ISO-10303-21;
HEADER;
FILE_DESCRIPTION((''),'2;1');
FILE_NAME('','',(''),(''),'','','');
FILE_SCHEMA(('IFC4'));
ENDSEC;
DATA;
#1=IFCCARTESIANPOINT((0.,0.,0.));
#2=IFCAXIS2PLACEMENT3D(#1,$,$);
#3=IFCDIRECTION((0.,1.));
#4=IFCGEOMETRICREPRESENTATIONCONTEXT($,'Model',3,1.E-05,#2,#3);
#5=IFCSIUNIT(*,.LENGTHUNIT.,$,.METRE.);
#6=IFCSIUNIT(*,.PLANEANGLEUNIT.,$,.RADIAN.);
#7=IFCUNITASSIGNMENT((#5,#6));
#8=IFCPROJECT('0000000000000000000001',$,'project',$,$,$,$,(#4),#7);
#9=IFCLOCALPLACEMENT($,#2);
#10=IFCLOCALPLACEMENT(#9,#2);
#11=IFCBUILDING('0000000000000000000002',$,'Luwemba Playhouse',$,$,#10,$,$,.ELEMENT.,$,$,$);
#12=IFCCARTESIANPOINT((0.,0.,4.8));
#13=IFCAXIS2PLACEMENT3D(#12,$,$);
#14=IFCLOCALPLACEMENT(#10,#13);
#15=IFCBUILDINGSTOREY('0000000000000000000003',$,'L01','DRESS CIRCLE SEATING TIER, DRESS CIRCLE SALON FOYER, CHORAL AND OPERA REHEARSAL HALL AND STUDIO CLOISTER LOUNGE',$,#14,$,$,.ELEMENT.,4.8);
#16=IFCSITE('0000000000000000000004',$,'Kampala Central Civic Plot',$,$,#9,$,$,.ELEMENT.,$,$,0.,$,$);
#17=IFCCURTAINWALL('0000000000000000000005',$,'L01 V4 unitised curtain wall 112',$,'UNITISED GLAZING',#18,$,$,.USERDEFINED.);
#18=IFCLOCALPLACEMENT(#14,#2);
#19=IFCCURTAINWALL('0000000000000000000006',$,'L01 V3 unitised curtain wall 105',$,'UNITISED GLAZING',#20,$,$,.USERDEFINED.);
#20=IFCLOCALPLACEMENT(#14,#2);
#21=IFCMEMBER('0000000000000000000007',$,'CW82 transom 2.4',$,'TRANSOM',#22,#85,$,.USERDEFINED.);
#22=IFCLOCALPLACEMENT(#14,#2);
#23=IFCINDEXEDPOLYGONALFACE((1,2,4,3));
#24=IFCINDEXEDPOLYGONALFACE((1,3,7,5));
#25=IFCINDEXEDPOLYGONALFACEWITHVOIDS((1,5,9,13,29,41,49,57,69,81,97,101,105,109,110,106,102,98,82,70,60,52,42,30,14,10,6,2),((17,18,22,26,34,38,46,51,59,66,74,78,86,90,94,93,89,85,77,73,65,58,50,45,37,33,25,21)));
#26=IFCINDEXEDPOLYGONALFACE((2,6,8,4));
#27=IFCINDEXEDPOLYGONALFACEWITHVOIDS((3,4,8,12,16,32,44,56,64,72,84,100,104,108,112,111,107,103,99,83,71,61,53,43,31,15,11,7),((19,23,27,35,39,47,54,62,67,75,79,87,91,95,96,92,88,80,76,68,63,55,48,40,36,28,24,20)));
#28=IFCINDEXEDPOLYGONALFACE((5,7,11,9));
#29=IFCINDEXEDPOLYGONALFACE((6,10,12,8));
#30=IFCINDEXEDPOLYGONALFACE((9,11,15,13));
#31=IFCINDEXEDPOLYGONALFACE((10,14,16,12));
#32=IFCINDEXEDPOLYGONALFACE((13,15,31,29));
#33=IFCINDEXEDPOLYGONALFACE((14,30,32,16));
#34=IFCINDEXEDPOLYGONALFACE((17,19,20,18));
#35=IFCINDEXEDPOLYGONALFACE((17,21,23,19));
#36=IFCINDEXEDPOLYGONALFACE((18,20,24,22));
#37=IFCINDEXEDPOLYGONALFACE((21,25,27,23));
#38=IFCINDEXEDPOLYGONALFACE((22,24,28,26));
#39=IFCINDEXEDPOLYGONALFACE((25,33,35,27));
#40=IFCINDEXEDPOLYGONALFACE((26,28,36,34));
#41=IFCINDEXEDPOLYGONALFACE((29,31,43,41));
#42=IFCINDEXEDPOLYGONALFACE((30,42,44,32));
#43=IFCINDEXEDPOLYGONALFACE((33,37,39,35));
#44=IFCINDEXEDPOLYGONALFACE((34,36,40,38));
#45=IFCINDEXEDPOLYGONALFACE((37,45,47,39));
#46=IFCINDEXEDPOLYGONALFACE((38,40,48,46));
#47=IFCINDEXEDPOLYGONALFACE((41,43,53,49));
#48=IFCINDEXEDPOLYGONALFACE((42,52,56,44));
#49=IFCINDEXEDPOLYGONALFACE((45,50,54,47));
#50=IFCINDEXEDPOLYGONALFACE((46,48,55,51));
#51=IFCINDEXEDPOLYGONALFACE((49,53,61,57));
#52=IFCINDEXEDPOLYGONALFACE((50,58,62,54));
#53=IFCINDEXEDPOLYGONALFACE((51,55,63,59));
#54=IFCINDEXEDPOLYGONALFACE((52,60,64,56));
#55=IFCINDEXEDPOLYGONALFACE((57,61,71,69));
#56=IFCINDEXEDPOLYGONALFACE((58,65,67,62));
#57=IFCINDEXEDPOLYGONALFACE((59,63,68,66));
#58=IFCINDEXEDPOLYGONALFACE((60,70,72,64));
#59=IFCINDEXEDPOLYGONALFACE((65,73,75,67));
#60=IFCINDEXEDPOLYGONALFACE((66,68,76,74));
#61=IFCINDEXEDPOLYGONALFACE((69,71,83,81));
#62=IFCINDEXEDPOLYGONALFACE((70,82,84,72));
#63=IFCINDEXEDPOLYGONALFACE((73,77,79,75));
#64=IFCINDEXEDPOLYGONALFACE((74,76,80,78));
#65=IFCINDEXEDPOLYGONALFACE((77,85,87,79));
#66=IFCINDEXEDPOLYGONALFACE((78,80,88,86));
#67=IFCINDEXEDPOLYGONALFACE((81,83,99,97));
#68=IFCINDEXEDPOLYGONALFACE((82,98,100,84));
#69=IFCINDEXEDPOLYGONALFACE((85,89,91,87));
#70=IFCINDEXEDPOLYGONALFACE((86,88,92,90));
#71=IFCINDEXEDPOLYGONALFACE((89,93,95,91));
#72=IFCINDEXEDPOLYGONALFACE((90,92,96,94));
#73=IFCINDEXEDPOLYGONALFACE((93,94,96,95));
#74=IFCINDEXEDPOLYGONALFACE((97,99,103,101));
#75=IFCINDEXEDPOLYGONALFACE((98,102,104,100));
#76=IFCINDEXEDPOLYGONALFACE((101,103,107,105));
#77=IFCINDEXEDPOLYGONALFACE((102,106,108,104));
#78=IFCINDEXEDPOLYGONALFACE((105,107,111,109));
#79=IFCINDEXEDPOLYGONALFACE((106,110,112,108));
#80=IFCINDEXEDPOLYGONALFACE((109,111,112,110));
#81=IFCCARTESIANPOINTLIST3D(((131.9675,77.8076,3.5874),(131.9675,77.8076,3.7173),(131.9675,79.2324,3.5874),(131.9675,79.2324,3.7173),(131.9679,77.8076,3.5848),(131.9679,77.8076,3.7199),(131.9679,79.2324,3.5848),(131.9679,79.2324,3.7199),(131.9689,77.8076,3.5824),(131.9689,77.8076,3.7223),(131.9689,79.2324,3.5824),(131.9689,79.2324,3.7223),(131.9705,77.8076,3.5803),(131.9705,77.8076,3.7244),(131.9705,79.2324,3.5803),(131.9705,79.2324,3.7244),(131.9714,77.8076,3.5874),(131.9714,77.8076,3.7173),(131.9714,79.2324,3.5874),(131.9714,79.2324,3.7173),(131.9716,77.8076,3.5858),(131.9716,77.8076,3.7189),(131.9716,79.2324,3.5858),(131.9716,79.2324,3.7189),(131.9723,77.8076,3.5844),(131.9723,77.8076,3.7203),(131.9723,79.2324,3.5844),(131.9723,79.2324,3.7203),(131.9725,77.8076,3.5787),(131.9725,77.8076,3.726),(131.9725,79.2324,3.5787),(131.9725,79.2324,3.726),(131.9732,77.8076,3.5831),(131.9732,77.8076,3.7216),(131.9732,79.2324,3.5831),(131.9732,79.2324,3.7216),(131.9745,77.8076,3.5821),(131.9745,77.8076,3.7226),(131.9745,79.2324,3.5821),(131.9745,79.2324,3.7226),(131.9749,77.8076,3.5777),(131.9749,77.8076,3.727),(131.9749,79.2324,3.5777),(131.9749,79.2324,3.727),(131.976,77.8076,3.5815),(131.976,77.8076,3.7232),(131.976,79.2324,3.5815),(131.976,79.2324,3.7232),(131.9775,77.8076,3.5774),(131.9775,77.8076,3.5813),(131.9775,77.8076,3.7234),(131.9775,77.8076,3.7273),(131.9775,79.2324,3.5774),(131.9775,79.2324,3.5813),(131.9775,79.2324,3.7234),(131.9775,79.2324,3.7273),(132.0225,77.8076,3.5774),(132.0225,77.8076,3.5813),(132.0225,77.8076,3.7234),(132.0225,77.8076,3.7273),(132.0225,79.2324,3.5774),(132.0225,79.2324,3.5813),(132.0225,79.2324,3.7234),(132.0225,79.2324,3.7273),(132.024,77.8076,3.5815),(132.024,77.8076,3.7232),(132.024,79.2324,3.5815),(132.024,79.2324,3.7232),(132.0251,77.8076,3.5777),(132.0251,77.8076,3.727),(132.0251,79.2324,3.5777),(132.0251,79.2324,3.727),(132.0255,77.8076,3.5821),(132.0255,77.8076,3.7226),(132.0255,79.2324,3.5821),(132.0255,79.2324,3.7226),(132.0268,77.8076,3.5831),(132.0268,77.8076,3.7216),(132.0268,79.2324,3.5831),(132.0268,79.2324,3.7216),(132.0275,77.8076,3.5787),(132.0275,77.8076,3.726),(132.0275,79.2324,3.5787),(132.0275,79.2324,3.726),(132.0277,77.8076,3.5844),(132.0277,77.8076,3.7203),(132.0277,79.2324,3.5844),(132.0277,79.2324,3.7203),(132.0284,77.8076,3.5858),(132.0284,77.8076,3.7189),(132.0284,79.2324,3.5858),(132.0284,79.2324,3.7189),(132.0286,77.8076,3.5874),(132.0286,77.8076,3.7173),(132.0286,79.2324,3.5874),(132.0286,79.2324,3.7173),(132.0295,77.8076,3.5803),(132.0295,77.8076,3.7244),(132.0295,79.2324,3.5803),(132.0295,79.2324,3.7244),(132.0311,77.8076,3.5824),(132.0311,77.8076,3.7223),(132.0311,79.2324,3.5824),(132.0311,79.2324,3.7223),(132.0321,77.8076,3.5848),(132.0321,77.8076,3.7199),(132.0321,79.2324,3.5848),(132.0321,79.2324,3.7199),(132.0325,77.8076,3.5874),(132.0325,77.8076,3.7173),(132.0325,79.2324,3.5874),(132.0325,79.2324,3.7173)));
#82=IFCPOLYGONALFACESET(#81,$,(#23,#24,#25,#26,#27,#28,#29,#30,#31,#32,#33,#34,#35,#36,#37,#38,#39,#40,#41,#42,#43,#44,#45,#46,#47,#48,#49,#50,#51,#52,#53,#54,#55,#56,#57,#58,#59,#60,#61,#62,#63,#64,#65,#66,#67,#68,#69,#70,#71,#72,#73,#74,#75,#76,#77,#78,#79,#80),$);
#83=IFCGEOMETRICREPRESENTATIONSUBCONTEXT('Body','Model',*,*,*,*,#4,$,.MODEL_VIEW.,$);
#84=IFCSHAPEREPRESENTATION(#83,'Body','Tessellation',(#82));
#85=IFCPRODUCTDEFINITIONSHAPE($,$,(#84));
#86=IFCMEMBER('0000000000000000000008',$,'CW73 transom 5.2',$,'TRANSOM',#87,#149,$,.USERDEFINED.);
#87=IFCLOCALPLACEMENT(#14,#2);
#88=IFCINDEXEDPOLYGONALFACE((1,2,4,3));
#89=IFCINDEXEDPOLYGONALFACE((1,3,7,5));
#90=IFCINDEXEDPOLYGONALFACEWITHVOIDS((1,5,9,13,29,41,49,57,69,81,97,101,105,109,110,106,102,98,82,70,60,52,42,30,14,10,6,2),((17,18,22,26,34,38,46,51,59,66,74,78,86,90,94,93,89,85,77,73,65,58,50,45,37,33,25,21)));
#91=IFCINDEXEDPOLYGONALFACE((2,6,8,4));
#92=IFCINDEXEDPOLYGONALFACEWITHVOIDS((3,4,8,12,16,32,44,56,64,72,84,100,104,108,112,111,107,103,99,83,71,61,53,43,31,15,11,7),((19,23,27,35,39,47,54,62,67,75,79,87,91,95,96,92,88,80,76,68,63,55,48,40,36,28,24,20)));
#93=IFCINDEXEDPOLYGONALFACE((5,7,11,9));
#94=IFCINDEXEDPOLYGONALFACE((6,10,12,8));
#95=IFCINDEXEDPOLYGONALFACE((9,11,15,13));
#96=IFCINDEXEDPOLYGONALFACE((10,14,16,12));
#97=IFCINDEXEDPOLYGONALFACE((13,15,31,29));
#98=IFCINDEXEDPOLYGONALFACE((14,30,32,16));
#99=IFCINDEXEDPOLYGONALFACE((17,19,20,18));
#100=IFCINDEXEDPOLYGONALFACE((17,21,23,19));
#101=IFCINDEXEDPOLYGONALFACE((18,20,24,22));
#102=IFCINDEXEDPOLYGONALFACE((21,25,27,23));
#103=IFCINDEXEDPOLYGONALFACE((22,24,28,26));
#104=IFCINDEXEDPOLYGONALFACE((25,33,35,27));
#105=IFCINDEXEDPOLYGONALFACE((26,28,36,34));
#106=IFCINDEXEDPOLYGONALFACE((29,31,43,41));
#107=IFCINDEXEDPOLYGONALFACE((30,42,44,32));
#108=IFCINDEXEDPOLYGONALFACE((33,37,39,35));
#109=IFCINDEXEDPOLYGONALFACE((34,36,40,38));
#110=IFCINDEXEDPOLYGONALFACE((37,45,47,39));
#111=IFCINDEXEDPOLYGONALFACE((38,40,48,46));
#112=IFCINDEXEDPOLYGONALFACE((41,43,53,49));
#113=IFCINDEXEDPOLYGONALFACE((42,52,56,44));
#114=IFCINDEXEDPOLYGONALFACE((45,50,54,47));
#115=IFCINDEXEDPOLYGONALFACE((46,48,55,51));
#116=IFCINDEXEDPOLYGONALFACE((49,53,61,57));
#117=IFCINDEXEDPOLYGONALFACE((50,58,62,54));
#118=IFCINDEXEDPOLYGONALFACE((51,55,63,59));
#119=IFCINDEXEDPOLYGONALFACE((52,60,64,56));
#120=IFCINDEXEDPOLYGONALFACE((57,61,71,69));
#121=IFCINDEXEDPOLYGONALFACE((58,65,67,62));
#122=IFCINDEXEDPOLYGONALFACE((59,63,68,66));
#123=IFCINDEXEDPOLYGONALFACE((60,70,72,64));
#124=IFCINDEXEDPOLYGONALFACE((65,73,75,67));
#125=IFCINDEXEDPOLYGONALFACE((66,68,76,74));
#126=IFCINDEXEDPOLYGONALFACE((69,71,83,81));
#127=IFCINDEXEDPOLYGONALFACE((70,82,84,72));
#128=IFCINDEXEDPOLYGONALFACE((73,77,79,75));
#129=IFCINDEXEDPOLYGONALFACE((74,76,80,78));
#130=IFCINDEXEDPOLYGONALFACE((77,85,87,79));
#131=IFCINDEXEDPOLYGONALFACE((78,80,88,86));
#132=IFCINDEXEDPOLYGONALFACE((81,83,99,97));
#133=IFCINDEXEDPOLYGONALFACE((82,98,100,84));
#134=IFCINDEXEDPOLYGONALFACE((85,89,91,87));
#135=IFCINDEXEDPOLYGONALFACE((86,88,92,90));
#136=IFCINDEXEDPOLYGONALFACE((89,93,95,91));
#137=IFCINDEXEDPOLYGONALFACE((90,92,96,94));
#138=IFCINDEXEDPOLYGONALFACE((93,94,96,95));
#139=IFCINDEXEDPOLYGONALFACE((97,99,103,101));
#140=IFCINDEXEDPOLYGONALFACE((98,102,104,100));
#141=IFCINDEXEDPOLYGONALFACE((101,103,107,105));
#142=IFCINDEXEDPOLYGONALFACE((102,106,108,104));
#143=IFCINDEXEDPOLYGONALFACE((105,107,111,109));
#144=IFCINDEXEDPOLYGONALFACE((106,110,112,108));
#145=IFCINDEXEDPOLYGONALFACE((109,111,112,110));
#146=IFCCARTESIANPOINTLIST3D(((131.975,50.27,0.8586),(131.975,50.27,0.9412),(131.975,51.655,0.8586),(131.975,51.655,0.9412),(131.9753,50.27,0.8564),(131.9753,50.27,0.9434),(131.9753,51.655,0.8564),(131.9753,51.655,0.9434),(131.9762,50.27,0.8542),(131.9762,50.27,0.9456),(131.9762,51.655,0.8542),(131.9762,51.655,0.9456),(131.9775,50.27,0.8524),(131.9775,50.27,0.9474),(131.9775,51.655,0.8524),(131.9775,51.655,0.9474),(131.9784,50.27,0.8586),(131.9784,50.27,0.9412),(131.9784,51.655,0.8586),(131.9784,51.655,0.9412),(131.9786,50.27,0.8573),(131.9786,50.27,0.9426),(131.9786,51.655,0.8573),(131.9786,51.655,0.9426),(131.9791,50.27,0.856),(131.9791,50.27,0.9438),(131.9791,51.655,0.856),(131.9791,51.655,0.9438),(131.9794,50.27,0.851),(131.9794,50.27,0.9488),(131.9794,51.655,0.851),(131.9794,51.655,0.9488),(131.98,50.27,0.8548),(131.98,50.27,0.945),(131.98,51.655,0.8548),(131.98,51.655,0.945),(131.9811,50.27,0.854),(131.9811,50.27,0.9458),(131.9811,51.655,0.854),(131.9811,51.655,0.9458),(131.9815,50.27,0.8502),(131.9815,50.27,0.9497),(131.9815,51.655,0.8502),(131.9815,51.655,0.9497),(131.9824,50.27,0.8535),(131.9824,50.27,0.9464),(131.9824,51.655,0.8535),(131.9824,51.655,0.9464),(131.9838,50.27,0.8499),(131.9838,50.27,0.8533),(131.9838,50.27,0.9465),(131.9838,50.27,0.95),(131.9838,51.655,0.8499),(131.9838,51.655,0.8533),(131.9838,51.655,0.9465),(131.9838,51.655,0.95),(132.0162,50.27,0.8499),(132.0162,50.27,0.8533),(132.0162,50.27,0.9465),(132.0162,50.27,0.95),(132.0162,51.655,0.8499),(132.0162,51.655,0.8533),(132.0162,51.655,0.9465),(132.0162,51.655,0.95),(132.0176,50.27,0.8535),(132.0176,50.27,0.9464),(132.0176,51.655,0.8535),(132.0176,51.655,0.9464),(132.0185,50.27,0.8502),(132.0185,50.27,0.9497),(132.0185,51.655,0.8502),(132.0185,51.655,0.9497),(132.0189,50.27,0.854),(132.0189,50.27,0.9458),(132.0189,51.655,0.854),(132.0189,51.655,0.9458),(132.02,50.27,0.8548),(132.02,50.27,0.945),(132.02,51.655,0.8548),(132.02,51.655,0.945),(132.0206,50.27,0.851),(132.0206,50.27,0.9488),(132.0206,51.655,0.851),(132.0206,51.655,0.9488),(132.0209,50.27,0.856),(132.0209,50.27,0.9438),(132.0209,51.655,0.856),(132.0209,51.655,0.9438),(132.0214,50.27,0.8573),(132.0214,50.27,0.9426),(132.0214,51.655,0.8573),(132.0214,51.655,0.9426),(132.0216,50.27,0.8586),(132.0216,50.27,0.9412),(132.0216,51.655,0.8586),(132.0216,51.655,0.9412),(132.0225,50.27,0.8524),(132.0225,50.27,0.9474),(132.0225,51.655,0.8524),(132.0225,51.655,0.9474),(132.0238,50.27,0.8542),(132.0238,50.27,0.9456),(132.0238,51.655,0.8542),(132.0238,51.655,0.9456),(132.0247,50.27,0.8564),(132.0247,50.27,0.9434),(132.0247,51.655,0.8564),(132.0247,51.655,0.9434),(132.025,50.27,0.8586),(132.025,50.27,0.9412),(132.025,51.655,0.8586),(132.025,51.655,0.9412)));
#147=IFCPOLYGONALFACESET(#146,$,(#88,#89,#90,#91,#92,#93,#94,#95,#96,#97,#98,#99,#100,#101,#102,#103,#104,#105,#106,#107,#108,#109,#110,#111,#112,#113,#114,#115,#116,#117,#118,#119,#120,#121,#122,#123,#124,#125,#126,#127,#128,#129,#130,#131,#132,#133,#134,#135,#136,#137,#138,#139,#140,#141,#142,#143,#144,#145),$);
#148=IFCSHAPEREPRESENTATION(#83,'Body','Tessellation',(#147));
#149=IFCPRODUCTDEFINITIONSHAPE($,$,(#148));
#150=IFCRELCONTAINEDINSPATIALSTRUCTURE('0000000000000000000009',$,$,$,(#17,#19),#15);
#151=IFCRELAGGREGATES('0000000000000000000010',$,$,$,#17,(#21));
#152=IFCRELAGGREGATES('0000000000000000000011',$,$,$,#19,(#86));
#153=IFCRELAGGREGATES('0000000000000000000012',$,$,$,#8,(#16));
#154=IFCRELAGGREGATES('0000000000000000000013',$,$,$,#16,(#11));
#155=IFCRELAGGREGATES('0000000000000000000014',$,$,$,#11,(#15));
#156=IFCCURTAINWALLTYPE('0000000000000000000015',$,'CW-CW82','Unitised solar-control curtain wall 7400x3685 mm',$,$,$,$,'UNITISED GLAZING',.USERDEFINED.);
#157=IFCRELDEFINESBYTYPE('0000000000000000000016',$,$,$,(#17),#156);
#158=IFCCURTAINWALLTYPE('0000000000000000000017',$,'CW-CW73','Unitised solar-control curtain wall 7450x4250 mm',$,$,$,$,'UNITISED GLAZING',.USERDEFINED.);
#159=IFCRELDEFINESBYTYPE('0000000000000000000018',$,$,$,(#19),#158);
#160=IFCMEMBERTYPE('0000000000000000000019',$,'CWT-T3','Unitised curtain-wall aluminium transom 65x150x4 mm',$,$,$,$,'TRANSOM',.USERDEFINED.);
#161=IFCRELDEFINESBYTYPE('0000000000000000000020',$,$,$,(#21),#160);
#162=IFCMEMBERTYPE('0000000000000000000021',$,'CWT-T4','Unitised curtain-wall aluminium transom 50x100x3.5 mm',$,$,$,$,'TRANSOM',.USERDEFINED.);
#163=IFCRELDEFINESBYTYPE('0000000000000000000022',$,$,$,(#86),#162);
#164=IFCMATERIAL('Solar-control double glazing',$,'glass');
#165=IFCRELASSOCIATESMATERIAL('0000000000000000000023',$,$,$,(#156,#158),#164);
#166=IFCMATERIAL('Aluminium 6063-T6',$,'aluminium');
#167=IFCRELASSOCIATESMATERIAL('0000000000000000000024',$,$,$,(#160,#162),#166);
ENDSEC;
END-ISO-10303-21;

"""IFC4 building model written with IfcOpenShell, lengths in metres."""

from ifc_helpers import new_model, si_unit, direction, frame, origin, origin_2d, place, context, subcontext, project, spatial, hollow_rectangle, extrude, material, material_profile, profile_set, type_object, element, aggregate, save


model = new_model("IFC4")

# Units and contexts
model_context = context("Model", 3, precision=1e-05, world=origin(), true_north=direction((0.0, 1.0)))
body_context = subcontext(model_context, "Body", "Model", "MODEL_VIEW")
ifc_project = project(units=[si_unit("LENGTHUNIT", "METRE"), si_unit("PLANEANGLEUNIT", "RADIAN")], contexts=[model_context])

# Site, building, storey
site_placement = place(None, origin())
site = spatial("IfcSite", under=ifc_project, at=site_placement, Name="Kampala Central Civic Plot", CompositionType="ELEMENT", RefElevation=0.0)
building_placement = place(site_placement, origin())
building = spatial("IfcBuilding", under=site, at=building_placement, Name="Luwemba Playhouse", CompositionType="ELEMENT")
storey_placement = place(building_placement, frame((0.0, 0.0, 4.8)))
storey = spatial("IfcBuildingStorey", under=building, at=storey_placement, Name="L01", Description="DRESS CIRCLE SEATING TIER, DRESS CIRCLE SALON FOYER, CHORAL AND OPERA REHEARSAL HALL AND STUDIO CLOISTER LOUNGE", CompositionType="ELEMENT", Elevation=4.8)

# Curtain wall
ifc_material_1 = material(Name="Solar-control double glazing", Category="glass")
curtain_wall_type_1 = type_object("IfcCurtainWallType", Name="CW-CW82", Description="Unitised solar-control curtain wall 7400x3685 mm", ElementType="UNITISED GLAZING", PredefinedType="USERDEFINED", material=ifc_material_1)
curtain_wall_1_placement = place(storey_placement, origin())
curtain_wall_1 = element("IfcCurtainWall", 1, at=curtain_wall_1_placement, inside=storey, type_object=curtain_wall_type_1, Name="L01 V4 unitised curtain wall 112", ObjectType="UNITISED GLAZING", PredefinedType="USERDEFINED")
ifc_material_2 = material(Name="Aluminium 6063-T6", Category="aluminium")

# Curtain wall
curtain_wall_type_2 = type_object("IfcCurtainWallType", Name="CW-CW73", Description="Unitised solar-control curtain wall 7450x4250 mm", ElementType="UNITISED GLAZING", PredefinedType="USERDEFINED", material=ifc_material_1)
curtain_wall_2_placement = place(storey_placement, origin())
curtain_wall_2 = element("IfcCurtainWall", 2, at=curtain_wall_2_placement, inside=storey, type_object=curtain_wall_type_2, Name="L01 V3 unitised curtain wall 105", ObjectType="UNITISED GLAZING", PredefinedType="USERDEFINED")

# Members
ifc_material_profile_1 = material_profile(ifc_material_2, hollow_rectangle(XDim=0.0649, YDim=0.1499, WallThickness=0.0039, InnerFilletRadius=0.0061, OuterFilletRadius=0.01, at=origin_2d()))
ifc_profile_set_1 = profile_set([ifc_material_profile_1], Name="Aluminium 6063-T6")
member_type_1 = type_object("IfcMemberType", Name="CWT-T3", Description="Unitised curtain-wall aluminium transom 65x150x4 mm", ElementType="TRANSOM", PredefinedType="USERDEFINED", material=ifc_profile_set_1)
member_1_placement = place(storey_placement, frame((132.0, 77.8076, 3.6523), z_axis=(0.0, 1.0, 0.0), x_axis=(-1.0, 0.0, 0.0)))
member_1 = element("IfcMember", 3, at=member_1_placement, type_object=member_type_1, Name="CW82 transom 2.4", ObjectType="TRANSOM", PredefinedType="USERDEFINED", context=body_context, shape_type="SweptSolid", body=[
    extrude(hollow_rectangle(XDim=0.0649, YDim=0.1499, WallThickness=0.0039, InnerFilletRadius=0.0061, OuterFilletRadius=0.01, at=origin_2d()), origin(), (0.0, 0.0, 1.0), 1.4248),
])
ifc_material_profile_2 = material_profile(ifc_material_2, hollow_rectangle(XDim=0.05, YDim=0.1001, WallThickness=0.0034, InnerFilletRadius=0.0054, OuterFilletRadius=0.0088, at=origin_2d()))
ifc_profile_set_2 = profile_set([ifc_material_profile_2], Name="Aluminium 6063-T6")
member_type_2 = type_object("IfcMemberType", Name="CWT-T4", Description="Unitised curtain-wall aluminium transom 50x100x3.5 mm", ElementType="TRANSOM", PredefinedType="USERDEFINED", material=ifc_profile_set_2)
member_2_placement = place(storey_placement, frame((132.0, 50.27, 0.8999), z_axis=(0.0, 1.0, 0.0), x_axis=(-1.0, 0.0, 0.0)))
member_2 = element("IfcMember", 4, at=member_2_placement, type_object=member_type_2, Name="CW73 transom 5.2", ObjectType="TRANSOM", PredefinedType="USERDEFINED", context=body_context, shape_type="SweptSolid", body=[
    extrude(hollow_rectangle(XDim=0.05, YDim=0.1001, WallThickness=0.0034, InnerFilletRadius=0.0054, OuterFilletRadius=0.0088, at=origin_2d()), origin(), (0.0, 0.0, 1.0), 1.385),
])

aggregate(curtain_wall_1, [member_1])
aggregate(curtain_wall_2, [member_2])

save(model, "model.ifc")
